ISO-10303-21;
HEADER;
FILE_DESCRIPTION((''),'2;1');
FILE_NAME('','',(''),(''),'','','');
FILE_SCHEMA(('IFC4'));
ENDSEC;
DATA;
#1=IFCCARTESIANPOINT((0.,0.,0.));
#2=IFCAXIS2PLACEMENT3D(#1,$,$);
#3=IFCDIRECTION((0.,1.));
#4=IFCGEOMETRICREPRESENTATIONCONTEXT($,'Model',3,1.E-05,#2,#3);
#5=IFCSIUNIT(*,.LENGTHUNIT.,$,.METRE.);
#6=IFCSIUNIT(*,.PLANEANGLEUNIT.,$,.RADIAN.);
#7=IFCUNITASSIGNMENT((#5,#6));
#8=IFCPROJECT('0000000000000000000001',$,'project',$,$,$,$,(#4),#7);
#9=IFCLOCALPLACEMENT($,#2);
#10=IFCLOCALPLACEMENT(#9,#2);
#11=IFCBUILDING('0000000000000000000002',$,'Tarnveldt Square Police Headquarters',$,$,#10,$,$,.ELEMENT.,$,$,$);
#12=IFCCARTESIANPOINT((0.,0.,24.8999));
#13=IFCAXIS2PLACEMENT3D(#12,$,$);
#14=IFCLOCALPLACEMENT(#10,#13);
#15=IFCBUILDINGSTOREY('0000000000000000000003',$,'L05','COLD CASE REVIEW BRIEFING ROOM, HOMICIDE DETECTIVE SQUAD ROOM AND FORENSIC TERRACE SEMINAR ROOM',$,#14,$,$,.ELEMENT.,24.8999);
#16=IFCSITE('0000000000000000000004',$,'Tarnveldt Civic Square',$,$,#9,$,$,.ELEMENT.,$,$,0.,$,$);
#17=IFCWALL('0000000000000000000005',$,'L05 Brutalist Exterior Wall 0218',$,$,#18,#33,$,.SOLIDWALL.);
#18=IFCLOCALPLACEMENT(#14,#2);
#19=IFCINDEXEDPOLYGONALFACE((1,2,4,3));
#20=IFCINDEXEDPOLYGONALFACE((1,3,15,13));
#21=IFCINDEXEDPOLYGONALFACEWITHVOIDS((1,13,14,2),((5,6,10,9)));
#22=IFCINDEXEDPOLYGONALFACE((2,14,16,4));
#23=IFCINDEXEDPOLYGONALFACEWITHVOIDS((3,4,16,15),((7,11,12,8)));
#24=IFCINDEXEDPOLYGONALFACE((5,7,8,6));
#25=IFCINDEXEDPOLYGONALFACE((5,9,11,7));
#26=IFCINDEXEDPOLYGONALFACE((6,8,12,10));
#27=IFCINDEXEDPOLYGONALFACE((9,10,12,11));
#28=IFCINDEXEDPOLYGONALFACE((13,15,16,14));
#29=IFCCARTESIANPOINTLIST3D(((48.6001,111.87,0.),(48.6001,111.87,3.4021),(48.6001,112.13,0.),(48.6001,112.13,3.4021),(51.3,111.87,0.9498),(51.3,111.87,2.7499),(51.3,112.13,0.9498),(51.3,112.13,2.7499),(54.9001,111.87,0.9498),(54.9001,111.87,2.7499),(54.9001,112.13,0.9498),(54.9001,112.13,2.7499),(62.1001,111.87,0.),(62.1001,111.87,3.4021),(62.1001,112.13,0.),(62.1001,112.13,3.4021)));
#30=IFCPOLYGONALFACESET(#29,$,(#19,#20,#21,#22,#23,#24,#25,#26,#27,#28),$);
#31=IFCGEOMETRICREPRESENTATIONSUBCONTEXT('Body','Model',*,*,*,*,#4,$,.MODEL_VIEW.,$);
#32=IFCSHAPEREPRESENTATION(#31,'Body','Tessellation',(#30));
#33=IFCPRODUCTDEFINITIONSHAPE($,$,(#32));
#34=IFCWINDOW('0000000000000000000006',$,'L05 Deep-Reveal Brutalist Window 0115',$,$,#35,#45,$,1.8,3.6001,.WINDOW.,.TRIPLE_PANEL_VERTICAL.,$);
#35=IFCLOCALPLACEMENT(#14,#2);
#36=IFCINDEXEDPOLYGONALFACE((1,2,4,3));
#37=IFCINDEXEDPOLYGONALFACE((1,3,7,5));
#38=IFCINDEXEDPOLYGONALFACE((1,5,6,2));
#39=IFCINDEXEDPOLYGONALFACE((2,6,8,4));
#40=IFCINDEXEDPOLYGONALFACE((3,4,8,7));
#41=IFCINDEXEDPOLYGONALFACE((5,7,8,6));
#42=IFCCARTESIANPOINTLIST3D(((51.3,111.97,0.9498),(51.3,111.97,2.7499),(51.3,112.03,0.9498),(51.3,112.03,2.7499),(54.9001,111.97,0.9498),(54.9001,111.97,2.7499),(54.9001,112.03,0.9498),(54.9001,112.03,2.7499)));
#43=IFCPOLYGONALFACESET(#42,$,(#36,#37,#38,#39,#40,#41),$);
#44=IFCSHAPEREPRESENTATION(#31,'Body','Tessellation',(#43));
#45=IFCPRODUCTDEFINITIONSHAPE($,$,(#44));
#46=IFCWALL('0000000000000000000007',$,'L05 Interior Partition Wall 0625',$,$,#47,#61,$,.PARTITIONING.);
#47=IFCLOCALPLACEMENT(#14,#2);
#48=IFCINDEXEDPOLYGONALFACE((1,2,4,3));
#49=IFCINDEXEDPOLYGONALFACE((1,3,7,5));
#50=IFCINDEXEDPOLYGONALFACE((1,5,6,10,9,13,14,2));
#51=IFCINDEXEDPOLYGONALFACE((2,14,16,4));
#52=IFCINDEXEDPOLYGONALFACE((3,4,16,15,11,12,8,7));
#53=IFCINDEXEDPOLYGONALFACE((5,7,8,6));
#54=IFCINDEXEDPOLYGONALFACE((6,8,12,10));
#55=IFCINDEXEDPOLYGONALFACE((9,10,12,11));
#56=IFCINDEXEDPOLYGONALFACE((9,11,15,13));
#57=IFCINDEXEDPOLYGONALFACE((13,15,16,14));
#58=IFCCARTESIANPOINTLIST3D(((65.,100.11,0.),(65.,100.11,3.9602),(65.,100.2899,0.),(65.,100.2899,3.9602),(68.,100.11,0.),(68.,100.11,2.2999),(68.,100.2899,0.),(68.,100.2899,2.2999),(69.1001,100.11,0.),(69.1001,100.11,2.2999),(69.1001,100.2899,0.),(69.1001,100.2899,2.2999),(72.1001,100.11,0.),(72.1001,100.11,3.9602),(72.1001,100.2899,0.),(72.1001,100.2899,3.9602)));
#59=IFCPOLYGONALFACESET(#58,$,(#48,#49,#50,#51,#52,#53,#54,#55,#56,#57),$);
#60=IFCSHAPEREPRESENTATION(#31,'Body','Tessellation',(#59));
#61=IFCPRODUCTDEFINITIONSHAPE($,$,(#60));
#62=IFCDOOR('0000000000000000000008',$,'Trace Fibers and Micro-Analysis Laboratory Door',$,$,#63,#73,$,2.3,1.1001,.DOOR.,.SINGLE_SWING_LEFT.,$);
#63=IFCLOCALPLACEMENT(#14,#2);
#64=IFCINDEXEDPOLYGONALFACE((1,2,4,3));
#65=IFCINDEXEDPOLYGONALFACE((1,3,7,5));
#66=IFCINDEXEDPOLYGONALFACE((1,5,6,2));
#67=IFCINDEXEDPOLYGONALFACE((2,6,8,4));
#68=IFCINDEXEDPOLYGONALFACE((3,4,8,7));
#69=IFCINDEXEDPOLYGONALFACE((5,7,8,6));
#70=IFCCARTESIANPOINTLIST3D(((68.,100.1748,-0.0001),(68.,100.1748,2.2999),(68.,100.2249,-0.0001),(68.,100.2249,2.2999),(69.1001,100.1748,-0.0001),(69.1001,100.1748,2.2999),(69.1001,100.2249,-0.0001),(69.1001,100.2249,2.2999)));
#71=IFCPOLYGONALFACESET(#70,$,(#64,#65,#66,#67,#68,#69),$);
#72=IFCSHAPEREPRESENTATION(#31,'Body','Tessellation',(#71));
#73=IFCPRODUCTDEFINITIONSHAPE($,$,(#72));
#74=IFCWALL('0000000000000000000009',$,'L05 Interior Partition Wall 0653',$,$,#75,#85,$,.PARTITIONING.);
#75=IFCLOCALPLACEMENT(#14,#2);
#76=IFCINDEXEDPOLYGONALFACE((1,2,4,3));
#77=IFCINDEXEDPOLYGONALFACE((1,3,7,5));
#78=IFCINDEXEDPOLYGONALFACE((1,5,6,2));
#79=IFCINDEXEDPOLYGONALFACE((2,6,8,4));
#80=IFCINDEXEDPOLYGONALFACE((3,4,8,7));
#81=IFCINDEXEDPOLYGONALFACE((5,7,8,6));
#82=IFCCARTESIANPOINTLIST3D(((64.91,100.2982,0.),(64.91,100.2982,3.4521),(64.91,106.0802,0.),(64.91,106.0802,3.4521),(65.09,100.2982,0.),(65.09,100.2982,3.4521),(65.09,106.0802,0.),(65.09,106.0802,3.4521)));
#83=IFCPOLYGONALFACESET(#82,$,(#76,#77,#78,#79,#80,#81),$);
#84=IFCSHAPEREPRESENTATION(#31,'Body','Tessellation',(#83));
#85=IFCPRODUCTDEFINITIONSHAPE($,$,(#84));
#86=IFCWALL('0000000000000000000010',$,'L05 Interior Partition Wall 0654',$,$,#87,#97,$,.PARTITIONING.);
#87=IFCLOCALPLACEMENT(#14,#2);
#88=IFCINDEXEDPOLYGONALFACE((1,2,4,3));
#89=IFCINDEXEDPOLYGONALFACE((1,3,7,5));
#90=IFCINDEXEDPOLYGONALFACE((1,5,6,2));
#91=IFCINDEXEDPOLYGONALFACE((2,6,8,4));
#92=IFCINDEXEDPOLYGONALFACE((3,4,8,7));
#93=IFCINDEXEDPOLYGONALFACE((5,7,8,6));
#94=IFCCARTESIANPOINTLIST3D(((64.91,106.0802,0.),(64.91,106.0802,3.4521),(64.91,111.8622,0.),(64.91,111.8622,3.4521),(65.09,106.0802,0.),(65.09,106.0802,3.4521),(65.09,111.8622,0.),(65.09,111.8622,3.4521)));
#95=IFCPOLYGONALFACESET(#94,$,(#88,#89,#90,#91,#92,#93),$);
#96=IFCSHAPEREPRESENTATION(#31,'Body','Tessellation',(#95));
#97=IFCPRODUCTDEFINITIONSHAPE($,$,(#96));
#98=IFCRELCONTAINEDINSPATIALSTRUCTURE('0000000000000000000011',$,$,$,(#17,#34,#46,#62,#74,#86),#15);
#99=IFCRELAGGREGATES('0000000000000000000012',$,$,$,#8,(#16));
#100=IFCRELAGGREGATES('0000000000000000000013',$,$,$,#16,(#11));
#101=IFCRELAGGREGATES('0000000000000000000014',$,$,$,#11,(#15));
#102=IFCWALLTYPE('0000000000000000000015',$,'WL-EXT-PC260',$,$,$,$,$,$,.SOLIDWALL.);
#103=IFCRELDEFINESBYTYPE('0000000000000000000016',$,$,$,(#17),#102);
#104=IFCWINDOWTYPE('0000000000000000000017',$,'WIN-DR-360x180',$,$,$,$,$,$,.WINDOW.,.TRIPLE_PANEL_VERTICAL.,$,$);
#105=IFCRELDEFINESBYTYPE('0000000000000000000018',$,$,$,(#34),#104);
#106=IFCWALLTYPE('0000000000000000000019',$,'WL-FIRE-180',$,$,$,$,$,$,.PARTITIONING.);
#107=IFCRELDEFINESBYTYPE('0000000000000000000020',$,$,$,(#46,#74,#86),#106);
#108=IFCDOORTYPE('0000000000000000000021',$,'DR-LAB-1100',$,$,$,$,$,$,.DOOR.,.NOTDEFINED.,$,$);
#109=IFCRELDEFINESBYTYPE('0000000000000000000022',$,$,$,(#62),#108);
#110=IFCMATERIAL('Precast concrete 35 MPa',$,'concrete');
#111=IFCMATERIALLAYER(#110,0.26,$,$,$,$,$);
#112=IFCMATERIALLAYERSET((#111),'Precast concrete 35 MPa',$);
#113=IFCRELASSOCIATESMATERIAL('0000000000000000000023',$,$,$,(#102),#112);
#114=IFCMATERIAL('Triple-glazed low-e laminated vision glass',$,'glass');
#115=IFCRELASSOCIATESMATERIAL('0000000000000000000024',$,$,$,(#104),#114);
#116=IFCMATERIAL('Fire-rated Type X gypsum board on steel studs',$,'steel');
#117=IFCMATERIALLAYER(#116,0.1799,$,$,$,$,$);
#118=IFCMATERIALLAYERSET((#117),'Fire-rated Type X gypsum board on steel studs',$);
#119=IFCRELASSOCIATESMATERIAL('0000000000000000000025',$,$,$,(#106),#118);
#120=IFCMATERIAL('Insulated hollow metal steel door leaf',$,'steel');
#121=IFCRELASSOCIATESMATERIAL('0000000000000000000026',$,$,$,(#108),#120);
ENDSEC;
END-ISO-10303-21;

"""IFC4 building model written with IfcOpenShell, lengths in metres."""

from ifc_helpers import new_model, si_unit, direction, frame, frame_2d, origin, place, context, subcontext, project, spatial, rectangle, extrude, material, layer, layer_set, type_object, element, fill, save


model = new_model("IFC4")

# Units and contexts
model_context = context("Model", 3, precision=1e-05, world=origin(), true_north=direction((0.0, 1.0)))
body_context = subcontext(model_context, "Body", "Model", "MODEL_VIEW")
ifc_project = project(units=[si_unit("LENGTHUNIT", "METRE"), si_unit("PLANEANGLEUNIT", "RADIAN")], contexts=[model_context])

# Site, building, storey
site_placement = place(None, origin())
site = spatial("IfcSite", under=ifc_project, at=site_placement, Name="Tarnveldt Civic Square", CompositionType="ELEMENT", RefElevation=0.0)
building_placement = place(site_placement, origin())
building = spatial("IfcBuilding", under=site, at=building_placement, Name="Tarnveldt Square Police Headquarters", CompositionType="ELEMENT")
storey_placement = place(building_placement, frame((0.0, 0.0, 24.8999)))
storey = spatial("IfcBuildingStorey", under=building, at=storey_placement, Name="L05", Description="COLD CASE REVIEW BRIEFING ROOM, HOMICIDE DETECTIVE SQUAD ROOM AND FORENSIC TERRACE SEMINAR ROOM", CompositionType="ELEMENT", Elevation=24.8999)

# Shared definitions
ifc_material_1 = material(Name="Triple-glazed low-e laminated vision glass", Category="glass")

# Wall, opening, window
ifc_material_2 = material(Name="Precast concrete 35 MPa", Category="concrete")
ifc_layer_1 = layer(ifc_material_2, 0.26)
ifc_layer_set_1 = layer_set([ifc_layer_1], Name="Precast concrete 35 MPa")
wall_type_1 = type_object("IfcWallType", Name="WL-EXT-PC260", PredefinedType="SOLIDWALL", material=ifc_layer_set_1)
wall_1_placement = place(storey_placement, frame((62.1001, 112.0, 0.0), z_axis=(0.0, 0.0, 1.0), x_axis=(-1.0, 0.0, 0.0)))
wall_1 = element("IfcWall", 1, at=wall_1_placement, inside=storey, type_object=wall_type_1, Name="L05 Brutalist Exterior Wall 0218", PredefinedType="SOLIDWALL", context=body_context, shape_type="SweptSolid", body=[
    extrude(rectangle(XDim=13.5, YDim=0.26, at=frame_2d((6.75, 0.0))), origin(), (0.0, 0.0, 1.0), 3.4021),
])
opening_1_placement = place(wall_1_placement, frame((7.2, 0.0, 0.95)))
opening_1 = element("IfcOpeningElement", 2, at=opening_1_placement, cuts=wall_1, PredefinedType="OPENING", context=body_context, shape_type="SweptSolid", body=[
    extrude(rectangle(XDim=3.6001, YDim=1.8, at=frame_2d((1.8, 0.8999))), frame((0.0, 0.1399, 0.0), z_axis=(0.0, -1.0, 0.0), x_axis=(1.0, 0.0, 0.0)), (0.0, 0.0, 1.0), 0.28),
])
window_type = type_object("IfcWindowType", Name="WIN-DR-360x180", PartitioningType="TRIPLE_PANEL_VERTICAL", PredefinedType="WINDOW", material=ifc_material_1)
window_placement = place(opening_1_placement, origin())
window = element("IfcWindow", 3, at=window_placement, inside=storey, type_object=window_type, Name="L05 Deep-Reveal Brutalist Window 0115", OverallHeight=1.8, OverallWidth=3.6001, PartitioningType="TRIPLE_PANEL_VERTICAL", PredefinedType="WINDOW", context=body_context, shape_type="SweptSolid", body=[
    extrude(rectangle(XDim=3.6001, YDim=1.8, at=frame_2d((1.8, 0.8999))), frame((0.0, 0.03, 0.0), z_axis=(0.0, -1.0, 0.0), x_axis=(1.0, 0.0, 0.0)), (0.0, 0.0, 1.0), 0.0601),
])
fill(opening_1, window)

# Wall, opening, door
ifc_material_3 = material(Name="Fire-rated Type X gypsum board on steel studs", Category="steel")
ifc_layer_2 = layer(ifc_material_3, 0.1799)
ifc_layer_set_2 = layer_set([ifc_layer_2], Name="Fire-rated Type X gypsum board on steel studs")
wall_type_2 = type_object("IfcWallType", Name="WL-FIRE-180", PredefinedType="PARTITIONING", material=ifc_layer_set_2)
wall_2_placement = place(storey_placement, frame((65.0, 100.2, 0.0), z_axis=(0.0, 0.0, 1.0), x_axis=(1.0, 0.0, 0.0)))
wall_2 = element("IfcWall", 4, at=wall_2_placement, inside=storey, type_object=wall_type_2, Name="L05 Interior Partition Wall 0625", PredefinedType="PARTITIONING", context=body_context, shape_type="SweptSolid", body=[
    extrude(rectangle(XDim=7.1001, YDim=0.1799, at=frame_2d((3.55, 0.0))), origin(), (0.0, 0.0, 1.0), 3.9602),
])
opening_2_placement = place(wall_2_placement, frame((3.0, 0.0, 0.0)))
opening_2 = element("IfcOpeningElement", 5, at=opening_2_placement, cuts=wall_2, PredefinedType="OPENING", context=body_context, shape_type="SweptSolid", body=[
    extrude(rectangle(XDim=1.1001, YDim=2.3, at=frame_2d((0.55, 1.1499))), frame((0.0, 0.0999, 0.0), z_axis=(0.0, -1.0, 0.0), x_axis=(1.0, 0.0, 0.0)), (0.0, 0.0, 1.0), 0.2),
])
ifc_material_4 = material(Name="Insulated hollow metal steel door leaf", Category="steel")
door_type = type_object("IfcDoorType", Name="DR-LAB-1100", OperationType="NOTDEFINED", PredefinedType="DOOR", material=ifc_material_4)
door_placement = place(opening_2_placement, origin())
door = element("IfcDoor", 6, at=door_placement, inside=storey, type_object=door_type, Name="Trace Fibers and Micro-Analysis Laboratory Door", OperationType="SINGLE_SWING_LEFT", OverallHeight=2.3, OverallWidth=1.1001, PredefinedType="DOOR", context=body_context, shape_type="SweptSolid", body=[
    extrude(rectangle(XDim=1.1001, YDim=2.3, at=frame_2d((0.55, 1.1499))), frame((0.0, 0.0249, 0.0), z_axis=(0.0, -1.0, 0.0), x_axis=(1.0, 0.0, 0.0)), (0.0, 0.0, 1.0), 0.05),
])
fill(opening_2, door)

# Walls
for number, where, z_axis, x_axis, name in (
    (7, (65.0, 100.2981, 0.0), (0.0, 0.0, 1.0), (0.0, 1.0, 0.0), "L05 Interior Partition Wall 0653"),
    (8, (65.0, 106.0801, 0.0), (0.0, 0.0, 1.0), (0.0, 1.0, 0.0), "L05 Interior Partition Wall 0654"),
):
    element("IfcWall", number, at=place(storey_placement, frame(where, z_axis=z_axis, x_axis=x_axis)), inside=storey, type_object=wall_type_2, Name=name, PredefinedType="PARTITIONING", context=body_context, shape_type="SweptSolid", body=[
        extrude(rectangle(XDim=5.782, YDim=0.1799, at=frame_2d((2.8911, 0.0))), origin(), (0.0, 0.0, 1.0), 3.4521),
    ])

save(model, "model.ifc")
